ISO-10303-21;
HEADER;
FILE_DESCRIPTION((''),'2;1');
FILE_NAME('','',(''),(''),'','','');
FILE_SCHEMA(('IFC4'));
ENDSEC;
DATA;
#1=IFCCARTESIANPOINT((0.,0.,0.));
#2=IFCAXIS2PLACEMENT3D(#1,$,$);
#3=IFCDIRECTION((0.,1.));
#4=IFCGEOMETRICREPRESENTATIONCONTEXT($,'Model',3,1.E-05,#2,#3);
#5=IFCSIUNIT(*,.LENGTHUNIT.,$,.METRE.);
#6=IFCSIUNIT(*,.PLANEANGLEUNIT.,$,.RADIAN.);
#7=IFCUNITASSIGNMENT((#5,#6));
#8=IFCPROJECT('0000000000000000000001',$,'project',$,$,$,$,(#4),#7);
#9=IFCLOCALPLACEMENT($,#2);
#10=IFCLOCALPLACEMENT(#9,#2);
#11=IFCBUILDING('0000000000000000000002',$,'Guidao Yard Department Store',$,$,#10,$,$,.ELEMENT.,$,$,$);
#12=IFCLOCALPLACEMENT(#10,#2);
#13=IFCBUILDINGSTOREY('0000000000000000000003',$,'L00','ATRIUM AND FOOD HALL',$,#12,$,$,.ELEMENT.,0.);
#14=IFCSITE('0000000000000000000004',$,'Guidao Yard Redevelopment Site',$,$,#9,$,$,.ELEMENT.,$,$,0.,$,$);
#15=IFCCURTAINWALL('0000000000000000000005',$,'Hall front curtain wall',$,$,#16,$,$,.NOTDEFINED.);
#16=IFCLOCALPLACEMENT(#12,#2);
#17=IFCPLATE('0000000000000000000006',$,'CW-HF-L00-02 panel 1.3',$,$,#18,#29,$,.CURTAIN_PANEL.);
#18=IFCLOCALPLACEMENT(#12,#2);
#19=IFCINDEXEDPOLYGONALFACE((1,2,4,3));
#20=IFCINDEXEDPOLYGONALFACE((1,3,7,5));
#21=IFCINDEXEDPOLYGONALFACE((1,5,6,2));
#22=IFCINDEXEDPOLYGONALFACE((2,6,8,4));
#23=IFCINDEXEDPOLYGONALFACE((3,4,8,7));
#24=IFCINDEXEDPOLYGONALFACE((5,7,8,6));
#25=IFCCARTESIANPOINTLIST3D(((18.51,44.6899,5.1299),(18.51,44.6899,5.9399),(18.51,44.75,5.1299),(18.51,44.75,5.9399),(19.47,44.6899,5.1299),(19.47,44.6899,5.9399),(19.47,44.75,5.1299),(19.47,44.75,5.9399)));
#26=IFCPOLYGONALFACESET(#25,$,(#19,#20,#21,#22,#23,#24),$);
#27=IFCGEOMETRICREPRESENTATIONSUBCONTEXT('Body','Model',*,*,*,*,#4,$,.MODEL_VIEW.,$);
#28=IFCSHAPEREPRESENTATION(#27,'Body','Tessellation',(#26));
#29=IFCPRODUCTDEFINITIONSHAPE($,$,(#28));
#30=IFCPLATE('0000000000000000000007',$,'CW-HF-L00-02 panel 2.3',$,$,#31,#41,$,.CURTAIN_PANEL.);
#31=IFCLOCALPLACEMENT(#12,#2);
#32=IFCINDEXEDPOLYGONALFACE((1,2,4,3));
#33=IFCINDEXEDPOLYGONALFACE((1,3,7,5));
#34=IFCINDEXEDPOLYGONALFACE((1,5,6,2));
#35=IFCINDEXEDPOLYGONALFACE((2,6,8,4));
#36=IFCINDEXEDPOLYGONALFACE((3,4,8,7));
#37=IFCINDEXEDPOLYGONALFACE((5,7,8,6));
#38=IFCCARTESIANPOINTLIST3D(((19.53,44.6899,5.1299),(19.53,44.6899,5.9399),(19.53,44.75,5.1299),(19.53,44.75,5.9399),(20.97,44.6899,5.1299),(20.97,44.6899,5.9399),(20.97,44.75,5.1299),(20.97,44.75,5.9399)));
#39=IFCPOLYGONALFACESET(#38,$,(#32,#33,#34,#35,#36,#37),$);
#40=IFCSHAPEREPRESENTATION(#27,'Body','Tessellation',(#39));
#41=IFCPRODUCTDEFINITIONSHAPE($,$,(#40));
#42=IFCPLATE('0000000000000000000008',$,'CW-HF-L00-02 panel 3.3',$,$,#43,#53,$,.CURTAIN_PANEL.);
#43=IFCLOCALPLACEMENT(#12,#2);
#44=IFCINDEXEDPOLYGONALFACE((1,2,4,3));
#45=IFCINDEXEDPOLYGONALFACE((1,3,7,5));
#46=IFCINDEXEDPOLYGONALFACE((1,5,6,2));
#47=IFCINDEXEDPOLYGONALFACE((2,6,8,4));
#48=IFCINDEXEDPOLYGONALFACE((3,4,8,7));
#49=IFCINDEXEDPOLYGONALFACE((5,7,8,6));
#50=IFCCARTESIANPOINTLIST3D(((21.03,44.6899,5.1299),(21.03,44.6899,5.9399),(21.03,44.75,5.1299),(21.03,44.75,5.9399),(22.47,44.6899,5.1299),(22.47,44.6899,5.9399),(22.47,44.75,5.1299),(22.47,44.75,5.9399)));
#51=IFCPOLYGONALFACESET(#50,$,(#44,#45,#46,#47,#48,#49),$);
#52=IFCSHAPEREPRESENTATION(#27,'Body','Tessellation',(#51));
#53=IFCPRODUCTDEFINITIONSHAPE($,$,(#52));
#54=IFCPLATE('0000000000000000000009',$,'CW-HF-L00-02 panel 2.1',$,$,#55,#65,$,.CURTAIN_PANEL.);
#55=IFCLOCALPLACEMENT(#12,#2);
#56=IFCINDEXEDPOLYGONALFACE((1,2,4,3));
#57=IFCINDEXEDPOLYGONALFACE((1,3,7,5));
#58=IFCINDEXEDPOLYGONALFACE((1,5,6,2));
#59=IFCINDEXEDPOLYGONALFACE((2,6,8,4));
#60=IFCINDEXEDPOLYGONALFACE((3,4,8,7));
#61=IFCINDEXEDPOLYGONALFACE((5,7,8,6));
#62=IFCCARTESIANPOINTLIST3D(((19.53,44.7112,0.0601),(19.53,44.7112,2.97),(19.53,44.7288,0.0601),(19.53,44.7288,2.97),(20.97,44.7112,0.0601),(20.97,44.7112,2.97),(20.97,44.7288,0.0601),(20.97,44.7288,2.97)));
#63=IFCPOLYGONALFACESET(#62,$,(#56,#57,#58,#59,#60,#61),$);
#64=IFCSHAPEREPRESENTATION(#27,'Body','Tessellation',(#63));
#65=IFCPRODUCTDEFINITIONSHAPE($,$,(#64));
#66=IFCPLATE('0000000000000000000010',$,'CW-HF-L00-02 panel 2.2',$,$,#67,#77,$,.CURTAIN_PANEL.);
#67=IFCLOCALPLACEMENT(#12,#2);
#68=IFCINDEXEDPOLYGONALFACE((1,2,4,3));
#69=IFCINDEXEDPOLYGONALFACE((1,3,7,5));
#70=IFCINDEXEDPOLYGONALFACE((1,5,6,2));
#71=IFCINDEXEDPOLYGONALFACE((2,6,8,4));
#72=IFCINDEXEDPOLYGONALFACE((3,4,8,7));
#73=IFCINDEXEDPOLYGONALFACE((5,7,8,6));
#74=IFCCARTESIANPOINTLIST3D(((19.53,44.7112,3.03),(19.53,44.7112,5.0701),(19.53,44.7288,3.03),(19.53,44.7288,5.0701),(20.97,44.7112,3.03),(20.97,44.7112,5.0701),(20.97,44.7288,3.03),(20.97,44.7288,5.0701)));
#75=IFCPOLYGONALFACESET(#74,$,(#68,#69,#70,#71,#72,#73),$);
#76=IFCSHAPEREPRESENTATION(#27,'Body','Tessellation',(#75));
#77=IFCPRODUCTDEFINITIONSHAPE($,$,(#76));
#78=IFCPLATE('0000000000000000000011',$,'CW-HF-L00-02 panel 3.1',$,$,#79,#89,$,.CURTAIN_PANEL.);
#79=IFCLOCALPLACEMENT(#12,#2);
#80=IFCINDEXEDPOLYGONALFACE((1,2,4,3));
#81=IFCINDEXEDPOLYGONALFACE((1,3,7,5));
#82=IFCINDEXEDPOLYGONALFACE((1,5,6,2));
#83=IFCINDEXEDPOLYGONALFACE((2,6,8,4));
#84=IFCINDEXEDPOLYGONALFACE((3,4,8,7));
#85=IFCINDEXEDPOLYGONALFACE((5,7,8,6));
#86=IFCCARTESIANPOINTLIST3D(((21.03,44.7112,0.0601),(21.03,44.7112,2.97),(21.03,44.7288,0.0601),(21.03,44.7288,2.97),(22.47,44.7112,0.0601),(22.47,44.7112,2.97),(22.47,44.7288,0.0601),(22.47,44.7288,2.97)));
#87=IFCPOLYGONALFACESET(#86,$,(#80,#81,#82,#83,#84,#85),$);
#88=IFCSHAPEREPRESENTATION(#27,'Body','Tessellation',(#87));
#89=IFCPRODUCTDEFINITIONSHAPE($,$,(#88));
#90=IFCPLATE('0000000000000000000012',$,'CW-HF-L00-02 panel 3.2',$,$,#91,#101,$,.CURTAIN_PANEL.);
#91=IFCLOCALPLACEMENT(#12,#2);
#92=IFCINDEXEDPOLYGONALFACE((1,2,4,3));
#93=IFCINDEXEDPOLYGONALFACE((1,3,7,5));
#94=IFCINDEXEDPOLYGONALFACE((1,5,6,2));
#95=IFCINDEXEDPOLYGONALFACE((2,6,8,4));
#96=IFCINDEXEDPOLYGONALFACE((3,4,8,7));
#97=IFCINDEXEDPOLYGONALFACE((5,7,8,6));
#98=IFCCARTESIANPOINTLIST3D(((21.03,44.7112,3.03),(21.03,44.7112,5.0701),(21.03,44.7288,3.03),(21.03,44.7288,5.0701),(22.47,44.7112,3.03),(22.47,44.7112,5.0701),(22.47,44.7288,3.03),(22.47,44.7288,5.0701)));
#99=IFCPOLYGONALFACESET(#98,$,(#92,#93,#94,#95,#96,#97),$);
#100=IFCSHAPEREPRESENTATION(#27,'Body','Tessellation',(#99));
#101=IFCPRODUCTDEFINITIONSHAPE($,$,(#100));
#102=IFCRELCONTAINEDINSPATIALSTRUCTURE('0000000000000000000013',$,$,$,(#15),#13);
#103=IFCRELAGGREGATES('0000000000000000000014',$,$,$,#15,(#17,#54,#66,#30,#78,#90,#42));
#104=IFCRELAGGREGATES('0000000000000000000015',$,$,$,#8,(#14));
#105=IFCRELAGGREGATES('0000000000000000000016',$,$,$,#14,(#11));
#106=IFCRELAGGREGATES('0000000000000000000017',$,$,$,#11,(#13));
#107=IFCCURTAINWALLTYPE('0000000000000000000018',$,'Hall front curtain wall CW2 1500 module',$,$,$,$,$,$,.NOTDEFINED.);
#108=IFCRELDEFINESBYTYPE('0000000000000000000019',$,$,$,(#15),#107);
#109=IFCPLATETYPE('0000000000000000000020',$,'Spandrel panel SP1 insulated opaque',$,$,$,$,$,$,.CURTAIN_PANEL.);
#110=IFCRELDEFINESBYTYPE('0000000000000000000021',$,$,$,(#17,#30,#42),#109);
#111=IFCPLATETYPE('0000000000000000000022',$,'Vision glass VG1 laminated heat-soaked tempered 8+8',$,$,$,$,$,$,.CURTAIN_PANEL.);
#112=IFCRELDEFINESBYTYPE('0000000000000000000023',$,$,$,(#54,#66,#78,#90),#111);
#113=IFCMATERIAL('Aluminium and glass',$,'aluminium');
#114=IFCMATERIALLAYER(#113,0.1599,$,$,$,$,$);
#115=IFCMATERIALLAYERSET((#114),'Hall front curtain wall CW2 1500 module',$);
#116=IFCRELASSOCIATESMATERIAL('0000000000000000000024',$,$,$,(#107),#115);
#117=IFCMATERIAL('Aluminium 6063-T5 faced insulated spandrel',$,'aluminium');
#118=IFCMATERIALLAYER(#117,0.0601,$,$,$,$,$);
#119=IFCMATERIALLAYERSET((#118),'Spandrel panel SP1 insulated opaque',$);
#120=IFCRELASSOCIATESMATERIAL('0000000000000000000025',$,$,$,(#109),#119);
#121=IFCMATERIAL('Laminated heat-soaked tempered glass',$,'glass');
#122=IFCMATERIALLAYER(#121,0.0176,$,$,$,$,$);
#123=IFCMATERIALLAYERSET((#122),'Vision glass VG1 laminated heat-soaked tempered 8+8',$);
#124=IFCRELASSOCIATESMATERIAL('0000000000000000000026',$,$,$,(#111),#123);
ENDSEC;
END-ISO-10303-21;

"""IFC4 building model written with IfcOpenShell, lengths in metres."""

from ifc_helpers import new_model, si_unit, direction, frame, origin, origin_2d, place, context, subcontext, project, spatial, rectangle, extrude, material, layer, layer_set, type_object, element, aggregate, save


model = new_model("IFC4")

# Units and contexts
model_context = context("Model", 3, precision=1e-05, world=origin(), true_north=direction((0.0, 1.0)))
body_context = subcontext(model_context, "Body", "Model", "MODEL_VIEW")
ifc_project = project(units=[si_unit("LENGTHUNIT", "METRE"), si_unit("PLANEANGLEUNIT", "RADIAN")], contexts=[model_context])

# Site, building, storey
site_placement = place(None, origin())
site = spatial("IfcSite", under=ifc_project, at=site_placement, Name="Guidao Yard Redevelopment Site", CompositionType="ELEMENT", RefElevation=0.0)
building_placement = place(site_placement, origin())
building = spatial("IfcBuilding", under=site, at=building_placement, Name="Guidao Yard Department Store", CompositionType="ELEMENT")
storey_placement = place(building_placement, origin())
storey = spatial("IfcBuildingStorey", under=building, at=storey_placement, Name="L00", Description="ATRIUM AND FOOD HALL", CompositionType="ELEMENT", Elevation=0.0)

# Curtain wall
ifc_material_1 = material(Name="Aluminium and glass", Category="aluminium")
ifc_layer_1 = layer(ifc_material_1, 0.1599)
ifc_layer_set_1 = layer_set([ifc_layer_1], Name="Hall front curtain wall CW2 1500 module")
curtain_wall_type = type_object("IfcCurtainWallType", Name="Hall front curtain wall CW2 1500 module", PredefinedType="NOTDEFINED", material=ifc_layer_set_1)
curtain_wall_placement = place(storey_placement, origin())
curtain_wall = element("IfcCurtainWall", 1, at=curtain_wall_placement, inside=storey, type_object=curtain_wall_type, Name="Hall front curtain wall", PredefinedType="NOTDEFINED")

# Plates
ifc_material_2 = material(Name="Aluminium 6063-T5 faced insulated spandrel", Category="aluminium")
ifc_layer_2 = layer(ifc_material_2, 0.0601)
ifc_layer_set_2 = layer_set([ifc_layer_2], Name="Spandrel panel SP1 insulated opaque")
plate_type_1 = type_object("IfcPlateType", Name="Spandrel panel SP1 insulated opaque", PredefinedType="CURTAIN_PANEL", material=ifc_layer_set_2)
plate_1_placement = place(storey_placement, frame((18.99, 44.72, 5.1299), z_axis=(0.0, 0.0, 1.0), x_axis=(-1.0, 0.0, 0.0)))
plate_1 = element("IfcPlate", 2, at=plate_1_placement, type_object=plate_type_1, Name="CW-HF-L00-02 panel 1.3", PredefinedType="CURTAIN_PANEL", context=body_context, shape_type="SweptSolid", body=[
    extrude(rectangle(XDim=0.96, YDim=0.0601, at=origin_2d()), origin(), (0.0, 0.0, 1.0), 0.8101),
])
plate_2_placement = place(storey_placement, frame((20.25, 44.72, 5.1299), z_axis=(0.0, 0.0, 1.0), x_axis=(-1.0, 0.0, 0.0)))
plate_2 = element("IfcPlate", 3, at=plate_2_placement, type_object=plate_type_1, Name="CW-HF-L00-02 panel 2.3", PredefinedType="CURTAIN_PANEL", context=body_context, shape_type="SweptSolid", body=[
    extrude(rectangle(XDim=1.4399, YDim=0.0601, at=origin_2d()), origin(), (0.0, 0.0, 1.0), 0.8101),
])
plate_3_placement = place(storey_placement, frame((21.75, 44.72, 5.1299), z_axis=(0.0, 0.0, 1.0), x_axis=(-1.0, 0.0, 0.0)))
plate_3 = element("IfcPlate", 4, at=plate_3_placement, type_object=plate_type_1, Name="CW-HF-L00-02 panel 3.3", PredefinedType="CURTAIN_PANEL", context=body_context, shape_type="SweptSolid", body=[
    extrude(rectangle(XDim=1.4399, YDim=0.0601, at=origin_2d()), origin(), (0.0, 0.0, 1.0), 0.8101),
])
ifc_material_3 = material(Name="Laminated heat-soaked tempered glass", Category="glass")
ifc_layer_3 = layer(ifc_material_3, 0.0176)
ifc_layer_set_3 = layer_set([ifc_layer_3], Name="Vision glass VG1 laminated heat-soaked tempered 8+8")
plate_type_2 = type_object("IfcPlateType", Name="Vision glass VG1 laminated heat-soaked tempered 8+8", PredefinedType="CURTAIN_PANEL", material=ifc_layer_set_3)
plate_4_placement = place(storey_placement, frame((20.25, 44.72, 0.0601), z_axis=(0.0, 0.0, 1.0), x_axis=(-1.0, 0.0, 0.0)))
plate_4 = element("IfcPlate", 5, at=plate_4_placement, type_object=plate_type_2, Name="CW-HF-L00-02 panel 2.1", PredefinedType="CURTAIN_PANEL", context=body_context, shape_type="SweptSolid", body=[
    extrude(rectangle(XDim=1.4399, YDim=0.0176, at=origin_2d()), origin(), (0.0, 0.0, 1.0), 2.9099),
])
plate_5_placement = place(storey_placement, frame((20.25, 44.72, 3.03), z_axis=(0.0, 0.0, 1.0), x_axis=(-1.0, 0.0, 0.0)))
plate_5 = element("IfcPlate", 6, at=plate_5_placement, type_object=plate_type_2, Name="CW-HF-L00-02 panel 2.2", PredefinedType="CURTAIN_PANEL", context=body_context, shape_type="SweptSolid", body=[
    extrude(rectangle(XDim=1.4399, YDim=0.0176, at=origin_2d()), origin(), (0.0, 0.0, 1.0), 2.04),
])
plate_6_placement = place(storey_placement, frame((21.75, 44.72, 0.0601), z_axis=(0.0, 0.0, 1.0), x_axis=(-1.0, 0.0, 0.0)))
plate_6 = element("IfcPlate", 7, at=plate_6_placement, type_object=plate_type_2, Name="CW-HF-L00-02 panel 3.1", PredefinedType="CURTAIN_PANEL", context=body_context, shape_type="SweptSolid", body=[
    extrude(rectangle(XDim=1.4399, YDim=0.0176, at=origin_2d()), origin(), (0.0, 0.0, 1.0), 2.9099),
])
plate_7_placement = place(storey_placement, frame((21.75, 44.72, 3.03), z_axis=(0.0, 0.0, 1.0), x_axis=(-1.0, 0.0, 0.0)))
plate_7 = element("IfcPlate", 8, at=plate_7_placement, type_object=plate_type_2, Name="CW-HF-L00-02 panel 3.2", PredefinedType="CURTAIN_PANEL", context=body_context, shape_type="SweptSolid", body=[
    extrude(rectangle(XDim=1.4399, YDim=0.0176, at=origin_2d()), origin(), (0.0, 0.0, 1.0), 2.04),
])
aggregate(curtain_wall, [plate_1, plate_4, plate_5, plate_2, plate_6, plate_7, plate_3])

save(model, "model.ifc")
